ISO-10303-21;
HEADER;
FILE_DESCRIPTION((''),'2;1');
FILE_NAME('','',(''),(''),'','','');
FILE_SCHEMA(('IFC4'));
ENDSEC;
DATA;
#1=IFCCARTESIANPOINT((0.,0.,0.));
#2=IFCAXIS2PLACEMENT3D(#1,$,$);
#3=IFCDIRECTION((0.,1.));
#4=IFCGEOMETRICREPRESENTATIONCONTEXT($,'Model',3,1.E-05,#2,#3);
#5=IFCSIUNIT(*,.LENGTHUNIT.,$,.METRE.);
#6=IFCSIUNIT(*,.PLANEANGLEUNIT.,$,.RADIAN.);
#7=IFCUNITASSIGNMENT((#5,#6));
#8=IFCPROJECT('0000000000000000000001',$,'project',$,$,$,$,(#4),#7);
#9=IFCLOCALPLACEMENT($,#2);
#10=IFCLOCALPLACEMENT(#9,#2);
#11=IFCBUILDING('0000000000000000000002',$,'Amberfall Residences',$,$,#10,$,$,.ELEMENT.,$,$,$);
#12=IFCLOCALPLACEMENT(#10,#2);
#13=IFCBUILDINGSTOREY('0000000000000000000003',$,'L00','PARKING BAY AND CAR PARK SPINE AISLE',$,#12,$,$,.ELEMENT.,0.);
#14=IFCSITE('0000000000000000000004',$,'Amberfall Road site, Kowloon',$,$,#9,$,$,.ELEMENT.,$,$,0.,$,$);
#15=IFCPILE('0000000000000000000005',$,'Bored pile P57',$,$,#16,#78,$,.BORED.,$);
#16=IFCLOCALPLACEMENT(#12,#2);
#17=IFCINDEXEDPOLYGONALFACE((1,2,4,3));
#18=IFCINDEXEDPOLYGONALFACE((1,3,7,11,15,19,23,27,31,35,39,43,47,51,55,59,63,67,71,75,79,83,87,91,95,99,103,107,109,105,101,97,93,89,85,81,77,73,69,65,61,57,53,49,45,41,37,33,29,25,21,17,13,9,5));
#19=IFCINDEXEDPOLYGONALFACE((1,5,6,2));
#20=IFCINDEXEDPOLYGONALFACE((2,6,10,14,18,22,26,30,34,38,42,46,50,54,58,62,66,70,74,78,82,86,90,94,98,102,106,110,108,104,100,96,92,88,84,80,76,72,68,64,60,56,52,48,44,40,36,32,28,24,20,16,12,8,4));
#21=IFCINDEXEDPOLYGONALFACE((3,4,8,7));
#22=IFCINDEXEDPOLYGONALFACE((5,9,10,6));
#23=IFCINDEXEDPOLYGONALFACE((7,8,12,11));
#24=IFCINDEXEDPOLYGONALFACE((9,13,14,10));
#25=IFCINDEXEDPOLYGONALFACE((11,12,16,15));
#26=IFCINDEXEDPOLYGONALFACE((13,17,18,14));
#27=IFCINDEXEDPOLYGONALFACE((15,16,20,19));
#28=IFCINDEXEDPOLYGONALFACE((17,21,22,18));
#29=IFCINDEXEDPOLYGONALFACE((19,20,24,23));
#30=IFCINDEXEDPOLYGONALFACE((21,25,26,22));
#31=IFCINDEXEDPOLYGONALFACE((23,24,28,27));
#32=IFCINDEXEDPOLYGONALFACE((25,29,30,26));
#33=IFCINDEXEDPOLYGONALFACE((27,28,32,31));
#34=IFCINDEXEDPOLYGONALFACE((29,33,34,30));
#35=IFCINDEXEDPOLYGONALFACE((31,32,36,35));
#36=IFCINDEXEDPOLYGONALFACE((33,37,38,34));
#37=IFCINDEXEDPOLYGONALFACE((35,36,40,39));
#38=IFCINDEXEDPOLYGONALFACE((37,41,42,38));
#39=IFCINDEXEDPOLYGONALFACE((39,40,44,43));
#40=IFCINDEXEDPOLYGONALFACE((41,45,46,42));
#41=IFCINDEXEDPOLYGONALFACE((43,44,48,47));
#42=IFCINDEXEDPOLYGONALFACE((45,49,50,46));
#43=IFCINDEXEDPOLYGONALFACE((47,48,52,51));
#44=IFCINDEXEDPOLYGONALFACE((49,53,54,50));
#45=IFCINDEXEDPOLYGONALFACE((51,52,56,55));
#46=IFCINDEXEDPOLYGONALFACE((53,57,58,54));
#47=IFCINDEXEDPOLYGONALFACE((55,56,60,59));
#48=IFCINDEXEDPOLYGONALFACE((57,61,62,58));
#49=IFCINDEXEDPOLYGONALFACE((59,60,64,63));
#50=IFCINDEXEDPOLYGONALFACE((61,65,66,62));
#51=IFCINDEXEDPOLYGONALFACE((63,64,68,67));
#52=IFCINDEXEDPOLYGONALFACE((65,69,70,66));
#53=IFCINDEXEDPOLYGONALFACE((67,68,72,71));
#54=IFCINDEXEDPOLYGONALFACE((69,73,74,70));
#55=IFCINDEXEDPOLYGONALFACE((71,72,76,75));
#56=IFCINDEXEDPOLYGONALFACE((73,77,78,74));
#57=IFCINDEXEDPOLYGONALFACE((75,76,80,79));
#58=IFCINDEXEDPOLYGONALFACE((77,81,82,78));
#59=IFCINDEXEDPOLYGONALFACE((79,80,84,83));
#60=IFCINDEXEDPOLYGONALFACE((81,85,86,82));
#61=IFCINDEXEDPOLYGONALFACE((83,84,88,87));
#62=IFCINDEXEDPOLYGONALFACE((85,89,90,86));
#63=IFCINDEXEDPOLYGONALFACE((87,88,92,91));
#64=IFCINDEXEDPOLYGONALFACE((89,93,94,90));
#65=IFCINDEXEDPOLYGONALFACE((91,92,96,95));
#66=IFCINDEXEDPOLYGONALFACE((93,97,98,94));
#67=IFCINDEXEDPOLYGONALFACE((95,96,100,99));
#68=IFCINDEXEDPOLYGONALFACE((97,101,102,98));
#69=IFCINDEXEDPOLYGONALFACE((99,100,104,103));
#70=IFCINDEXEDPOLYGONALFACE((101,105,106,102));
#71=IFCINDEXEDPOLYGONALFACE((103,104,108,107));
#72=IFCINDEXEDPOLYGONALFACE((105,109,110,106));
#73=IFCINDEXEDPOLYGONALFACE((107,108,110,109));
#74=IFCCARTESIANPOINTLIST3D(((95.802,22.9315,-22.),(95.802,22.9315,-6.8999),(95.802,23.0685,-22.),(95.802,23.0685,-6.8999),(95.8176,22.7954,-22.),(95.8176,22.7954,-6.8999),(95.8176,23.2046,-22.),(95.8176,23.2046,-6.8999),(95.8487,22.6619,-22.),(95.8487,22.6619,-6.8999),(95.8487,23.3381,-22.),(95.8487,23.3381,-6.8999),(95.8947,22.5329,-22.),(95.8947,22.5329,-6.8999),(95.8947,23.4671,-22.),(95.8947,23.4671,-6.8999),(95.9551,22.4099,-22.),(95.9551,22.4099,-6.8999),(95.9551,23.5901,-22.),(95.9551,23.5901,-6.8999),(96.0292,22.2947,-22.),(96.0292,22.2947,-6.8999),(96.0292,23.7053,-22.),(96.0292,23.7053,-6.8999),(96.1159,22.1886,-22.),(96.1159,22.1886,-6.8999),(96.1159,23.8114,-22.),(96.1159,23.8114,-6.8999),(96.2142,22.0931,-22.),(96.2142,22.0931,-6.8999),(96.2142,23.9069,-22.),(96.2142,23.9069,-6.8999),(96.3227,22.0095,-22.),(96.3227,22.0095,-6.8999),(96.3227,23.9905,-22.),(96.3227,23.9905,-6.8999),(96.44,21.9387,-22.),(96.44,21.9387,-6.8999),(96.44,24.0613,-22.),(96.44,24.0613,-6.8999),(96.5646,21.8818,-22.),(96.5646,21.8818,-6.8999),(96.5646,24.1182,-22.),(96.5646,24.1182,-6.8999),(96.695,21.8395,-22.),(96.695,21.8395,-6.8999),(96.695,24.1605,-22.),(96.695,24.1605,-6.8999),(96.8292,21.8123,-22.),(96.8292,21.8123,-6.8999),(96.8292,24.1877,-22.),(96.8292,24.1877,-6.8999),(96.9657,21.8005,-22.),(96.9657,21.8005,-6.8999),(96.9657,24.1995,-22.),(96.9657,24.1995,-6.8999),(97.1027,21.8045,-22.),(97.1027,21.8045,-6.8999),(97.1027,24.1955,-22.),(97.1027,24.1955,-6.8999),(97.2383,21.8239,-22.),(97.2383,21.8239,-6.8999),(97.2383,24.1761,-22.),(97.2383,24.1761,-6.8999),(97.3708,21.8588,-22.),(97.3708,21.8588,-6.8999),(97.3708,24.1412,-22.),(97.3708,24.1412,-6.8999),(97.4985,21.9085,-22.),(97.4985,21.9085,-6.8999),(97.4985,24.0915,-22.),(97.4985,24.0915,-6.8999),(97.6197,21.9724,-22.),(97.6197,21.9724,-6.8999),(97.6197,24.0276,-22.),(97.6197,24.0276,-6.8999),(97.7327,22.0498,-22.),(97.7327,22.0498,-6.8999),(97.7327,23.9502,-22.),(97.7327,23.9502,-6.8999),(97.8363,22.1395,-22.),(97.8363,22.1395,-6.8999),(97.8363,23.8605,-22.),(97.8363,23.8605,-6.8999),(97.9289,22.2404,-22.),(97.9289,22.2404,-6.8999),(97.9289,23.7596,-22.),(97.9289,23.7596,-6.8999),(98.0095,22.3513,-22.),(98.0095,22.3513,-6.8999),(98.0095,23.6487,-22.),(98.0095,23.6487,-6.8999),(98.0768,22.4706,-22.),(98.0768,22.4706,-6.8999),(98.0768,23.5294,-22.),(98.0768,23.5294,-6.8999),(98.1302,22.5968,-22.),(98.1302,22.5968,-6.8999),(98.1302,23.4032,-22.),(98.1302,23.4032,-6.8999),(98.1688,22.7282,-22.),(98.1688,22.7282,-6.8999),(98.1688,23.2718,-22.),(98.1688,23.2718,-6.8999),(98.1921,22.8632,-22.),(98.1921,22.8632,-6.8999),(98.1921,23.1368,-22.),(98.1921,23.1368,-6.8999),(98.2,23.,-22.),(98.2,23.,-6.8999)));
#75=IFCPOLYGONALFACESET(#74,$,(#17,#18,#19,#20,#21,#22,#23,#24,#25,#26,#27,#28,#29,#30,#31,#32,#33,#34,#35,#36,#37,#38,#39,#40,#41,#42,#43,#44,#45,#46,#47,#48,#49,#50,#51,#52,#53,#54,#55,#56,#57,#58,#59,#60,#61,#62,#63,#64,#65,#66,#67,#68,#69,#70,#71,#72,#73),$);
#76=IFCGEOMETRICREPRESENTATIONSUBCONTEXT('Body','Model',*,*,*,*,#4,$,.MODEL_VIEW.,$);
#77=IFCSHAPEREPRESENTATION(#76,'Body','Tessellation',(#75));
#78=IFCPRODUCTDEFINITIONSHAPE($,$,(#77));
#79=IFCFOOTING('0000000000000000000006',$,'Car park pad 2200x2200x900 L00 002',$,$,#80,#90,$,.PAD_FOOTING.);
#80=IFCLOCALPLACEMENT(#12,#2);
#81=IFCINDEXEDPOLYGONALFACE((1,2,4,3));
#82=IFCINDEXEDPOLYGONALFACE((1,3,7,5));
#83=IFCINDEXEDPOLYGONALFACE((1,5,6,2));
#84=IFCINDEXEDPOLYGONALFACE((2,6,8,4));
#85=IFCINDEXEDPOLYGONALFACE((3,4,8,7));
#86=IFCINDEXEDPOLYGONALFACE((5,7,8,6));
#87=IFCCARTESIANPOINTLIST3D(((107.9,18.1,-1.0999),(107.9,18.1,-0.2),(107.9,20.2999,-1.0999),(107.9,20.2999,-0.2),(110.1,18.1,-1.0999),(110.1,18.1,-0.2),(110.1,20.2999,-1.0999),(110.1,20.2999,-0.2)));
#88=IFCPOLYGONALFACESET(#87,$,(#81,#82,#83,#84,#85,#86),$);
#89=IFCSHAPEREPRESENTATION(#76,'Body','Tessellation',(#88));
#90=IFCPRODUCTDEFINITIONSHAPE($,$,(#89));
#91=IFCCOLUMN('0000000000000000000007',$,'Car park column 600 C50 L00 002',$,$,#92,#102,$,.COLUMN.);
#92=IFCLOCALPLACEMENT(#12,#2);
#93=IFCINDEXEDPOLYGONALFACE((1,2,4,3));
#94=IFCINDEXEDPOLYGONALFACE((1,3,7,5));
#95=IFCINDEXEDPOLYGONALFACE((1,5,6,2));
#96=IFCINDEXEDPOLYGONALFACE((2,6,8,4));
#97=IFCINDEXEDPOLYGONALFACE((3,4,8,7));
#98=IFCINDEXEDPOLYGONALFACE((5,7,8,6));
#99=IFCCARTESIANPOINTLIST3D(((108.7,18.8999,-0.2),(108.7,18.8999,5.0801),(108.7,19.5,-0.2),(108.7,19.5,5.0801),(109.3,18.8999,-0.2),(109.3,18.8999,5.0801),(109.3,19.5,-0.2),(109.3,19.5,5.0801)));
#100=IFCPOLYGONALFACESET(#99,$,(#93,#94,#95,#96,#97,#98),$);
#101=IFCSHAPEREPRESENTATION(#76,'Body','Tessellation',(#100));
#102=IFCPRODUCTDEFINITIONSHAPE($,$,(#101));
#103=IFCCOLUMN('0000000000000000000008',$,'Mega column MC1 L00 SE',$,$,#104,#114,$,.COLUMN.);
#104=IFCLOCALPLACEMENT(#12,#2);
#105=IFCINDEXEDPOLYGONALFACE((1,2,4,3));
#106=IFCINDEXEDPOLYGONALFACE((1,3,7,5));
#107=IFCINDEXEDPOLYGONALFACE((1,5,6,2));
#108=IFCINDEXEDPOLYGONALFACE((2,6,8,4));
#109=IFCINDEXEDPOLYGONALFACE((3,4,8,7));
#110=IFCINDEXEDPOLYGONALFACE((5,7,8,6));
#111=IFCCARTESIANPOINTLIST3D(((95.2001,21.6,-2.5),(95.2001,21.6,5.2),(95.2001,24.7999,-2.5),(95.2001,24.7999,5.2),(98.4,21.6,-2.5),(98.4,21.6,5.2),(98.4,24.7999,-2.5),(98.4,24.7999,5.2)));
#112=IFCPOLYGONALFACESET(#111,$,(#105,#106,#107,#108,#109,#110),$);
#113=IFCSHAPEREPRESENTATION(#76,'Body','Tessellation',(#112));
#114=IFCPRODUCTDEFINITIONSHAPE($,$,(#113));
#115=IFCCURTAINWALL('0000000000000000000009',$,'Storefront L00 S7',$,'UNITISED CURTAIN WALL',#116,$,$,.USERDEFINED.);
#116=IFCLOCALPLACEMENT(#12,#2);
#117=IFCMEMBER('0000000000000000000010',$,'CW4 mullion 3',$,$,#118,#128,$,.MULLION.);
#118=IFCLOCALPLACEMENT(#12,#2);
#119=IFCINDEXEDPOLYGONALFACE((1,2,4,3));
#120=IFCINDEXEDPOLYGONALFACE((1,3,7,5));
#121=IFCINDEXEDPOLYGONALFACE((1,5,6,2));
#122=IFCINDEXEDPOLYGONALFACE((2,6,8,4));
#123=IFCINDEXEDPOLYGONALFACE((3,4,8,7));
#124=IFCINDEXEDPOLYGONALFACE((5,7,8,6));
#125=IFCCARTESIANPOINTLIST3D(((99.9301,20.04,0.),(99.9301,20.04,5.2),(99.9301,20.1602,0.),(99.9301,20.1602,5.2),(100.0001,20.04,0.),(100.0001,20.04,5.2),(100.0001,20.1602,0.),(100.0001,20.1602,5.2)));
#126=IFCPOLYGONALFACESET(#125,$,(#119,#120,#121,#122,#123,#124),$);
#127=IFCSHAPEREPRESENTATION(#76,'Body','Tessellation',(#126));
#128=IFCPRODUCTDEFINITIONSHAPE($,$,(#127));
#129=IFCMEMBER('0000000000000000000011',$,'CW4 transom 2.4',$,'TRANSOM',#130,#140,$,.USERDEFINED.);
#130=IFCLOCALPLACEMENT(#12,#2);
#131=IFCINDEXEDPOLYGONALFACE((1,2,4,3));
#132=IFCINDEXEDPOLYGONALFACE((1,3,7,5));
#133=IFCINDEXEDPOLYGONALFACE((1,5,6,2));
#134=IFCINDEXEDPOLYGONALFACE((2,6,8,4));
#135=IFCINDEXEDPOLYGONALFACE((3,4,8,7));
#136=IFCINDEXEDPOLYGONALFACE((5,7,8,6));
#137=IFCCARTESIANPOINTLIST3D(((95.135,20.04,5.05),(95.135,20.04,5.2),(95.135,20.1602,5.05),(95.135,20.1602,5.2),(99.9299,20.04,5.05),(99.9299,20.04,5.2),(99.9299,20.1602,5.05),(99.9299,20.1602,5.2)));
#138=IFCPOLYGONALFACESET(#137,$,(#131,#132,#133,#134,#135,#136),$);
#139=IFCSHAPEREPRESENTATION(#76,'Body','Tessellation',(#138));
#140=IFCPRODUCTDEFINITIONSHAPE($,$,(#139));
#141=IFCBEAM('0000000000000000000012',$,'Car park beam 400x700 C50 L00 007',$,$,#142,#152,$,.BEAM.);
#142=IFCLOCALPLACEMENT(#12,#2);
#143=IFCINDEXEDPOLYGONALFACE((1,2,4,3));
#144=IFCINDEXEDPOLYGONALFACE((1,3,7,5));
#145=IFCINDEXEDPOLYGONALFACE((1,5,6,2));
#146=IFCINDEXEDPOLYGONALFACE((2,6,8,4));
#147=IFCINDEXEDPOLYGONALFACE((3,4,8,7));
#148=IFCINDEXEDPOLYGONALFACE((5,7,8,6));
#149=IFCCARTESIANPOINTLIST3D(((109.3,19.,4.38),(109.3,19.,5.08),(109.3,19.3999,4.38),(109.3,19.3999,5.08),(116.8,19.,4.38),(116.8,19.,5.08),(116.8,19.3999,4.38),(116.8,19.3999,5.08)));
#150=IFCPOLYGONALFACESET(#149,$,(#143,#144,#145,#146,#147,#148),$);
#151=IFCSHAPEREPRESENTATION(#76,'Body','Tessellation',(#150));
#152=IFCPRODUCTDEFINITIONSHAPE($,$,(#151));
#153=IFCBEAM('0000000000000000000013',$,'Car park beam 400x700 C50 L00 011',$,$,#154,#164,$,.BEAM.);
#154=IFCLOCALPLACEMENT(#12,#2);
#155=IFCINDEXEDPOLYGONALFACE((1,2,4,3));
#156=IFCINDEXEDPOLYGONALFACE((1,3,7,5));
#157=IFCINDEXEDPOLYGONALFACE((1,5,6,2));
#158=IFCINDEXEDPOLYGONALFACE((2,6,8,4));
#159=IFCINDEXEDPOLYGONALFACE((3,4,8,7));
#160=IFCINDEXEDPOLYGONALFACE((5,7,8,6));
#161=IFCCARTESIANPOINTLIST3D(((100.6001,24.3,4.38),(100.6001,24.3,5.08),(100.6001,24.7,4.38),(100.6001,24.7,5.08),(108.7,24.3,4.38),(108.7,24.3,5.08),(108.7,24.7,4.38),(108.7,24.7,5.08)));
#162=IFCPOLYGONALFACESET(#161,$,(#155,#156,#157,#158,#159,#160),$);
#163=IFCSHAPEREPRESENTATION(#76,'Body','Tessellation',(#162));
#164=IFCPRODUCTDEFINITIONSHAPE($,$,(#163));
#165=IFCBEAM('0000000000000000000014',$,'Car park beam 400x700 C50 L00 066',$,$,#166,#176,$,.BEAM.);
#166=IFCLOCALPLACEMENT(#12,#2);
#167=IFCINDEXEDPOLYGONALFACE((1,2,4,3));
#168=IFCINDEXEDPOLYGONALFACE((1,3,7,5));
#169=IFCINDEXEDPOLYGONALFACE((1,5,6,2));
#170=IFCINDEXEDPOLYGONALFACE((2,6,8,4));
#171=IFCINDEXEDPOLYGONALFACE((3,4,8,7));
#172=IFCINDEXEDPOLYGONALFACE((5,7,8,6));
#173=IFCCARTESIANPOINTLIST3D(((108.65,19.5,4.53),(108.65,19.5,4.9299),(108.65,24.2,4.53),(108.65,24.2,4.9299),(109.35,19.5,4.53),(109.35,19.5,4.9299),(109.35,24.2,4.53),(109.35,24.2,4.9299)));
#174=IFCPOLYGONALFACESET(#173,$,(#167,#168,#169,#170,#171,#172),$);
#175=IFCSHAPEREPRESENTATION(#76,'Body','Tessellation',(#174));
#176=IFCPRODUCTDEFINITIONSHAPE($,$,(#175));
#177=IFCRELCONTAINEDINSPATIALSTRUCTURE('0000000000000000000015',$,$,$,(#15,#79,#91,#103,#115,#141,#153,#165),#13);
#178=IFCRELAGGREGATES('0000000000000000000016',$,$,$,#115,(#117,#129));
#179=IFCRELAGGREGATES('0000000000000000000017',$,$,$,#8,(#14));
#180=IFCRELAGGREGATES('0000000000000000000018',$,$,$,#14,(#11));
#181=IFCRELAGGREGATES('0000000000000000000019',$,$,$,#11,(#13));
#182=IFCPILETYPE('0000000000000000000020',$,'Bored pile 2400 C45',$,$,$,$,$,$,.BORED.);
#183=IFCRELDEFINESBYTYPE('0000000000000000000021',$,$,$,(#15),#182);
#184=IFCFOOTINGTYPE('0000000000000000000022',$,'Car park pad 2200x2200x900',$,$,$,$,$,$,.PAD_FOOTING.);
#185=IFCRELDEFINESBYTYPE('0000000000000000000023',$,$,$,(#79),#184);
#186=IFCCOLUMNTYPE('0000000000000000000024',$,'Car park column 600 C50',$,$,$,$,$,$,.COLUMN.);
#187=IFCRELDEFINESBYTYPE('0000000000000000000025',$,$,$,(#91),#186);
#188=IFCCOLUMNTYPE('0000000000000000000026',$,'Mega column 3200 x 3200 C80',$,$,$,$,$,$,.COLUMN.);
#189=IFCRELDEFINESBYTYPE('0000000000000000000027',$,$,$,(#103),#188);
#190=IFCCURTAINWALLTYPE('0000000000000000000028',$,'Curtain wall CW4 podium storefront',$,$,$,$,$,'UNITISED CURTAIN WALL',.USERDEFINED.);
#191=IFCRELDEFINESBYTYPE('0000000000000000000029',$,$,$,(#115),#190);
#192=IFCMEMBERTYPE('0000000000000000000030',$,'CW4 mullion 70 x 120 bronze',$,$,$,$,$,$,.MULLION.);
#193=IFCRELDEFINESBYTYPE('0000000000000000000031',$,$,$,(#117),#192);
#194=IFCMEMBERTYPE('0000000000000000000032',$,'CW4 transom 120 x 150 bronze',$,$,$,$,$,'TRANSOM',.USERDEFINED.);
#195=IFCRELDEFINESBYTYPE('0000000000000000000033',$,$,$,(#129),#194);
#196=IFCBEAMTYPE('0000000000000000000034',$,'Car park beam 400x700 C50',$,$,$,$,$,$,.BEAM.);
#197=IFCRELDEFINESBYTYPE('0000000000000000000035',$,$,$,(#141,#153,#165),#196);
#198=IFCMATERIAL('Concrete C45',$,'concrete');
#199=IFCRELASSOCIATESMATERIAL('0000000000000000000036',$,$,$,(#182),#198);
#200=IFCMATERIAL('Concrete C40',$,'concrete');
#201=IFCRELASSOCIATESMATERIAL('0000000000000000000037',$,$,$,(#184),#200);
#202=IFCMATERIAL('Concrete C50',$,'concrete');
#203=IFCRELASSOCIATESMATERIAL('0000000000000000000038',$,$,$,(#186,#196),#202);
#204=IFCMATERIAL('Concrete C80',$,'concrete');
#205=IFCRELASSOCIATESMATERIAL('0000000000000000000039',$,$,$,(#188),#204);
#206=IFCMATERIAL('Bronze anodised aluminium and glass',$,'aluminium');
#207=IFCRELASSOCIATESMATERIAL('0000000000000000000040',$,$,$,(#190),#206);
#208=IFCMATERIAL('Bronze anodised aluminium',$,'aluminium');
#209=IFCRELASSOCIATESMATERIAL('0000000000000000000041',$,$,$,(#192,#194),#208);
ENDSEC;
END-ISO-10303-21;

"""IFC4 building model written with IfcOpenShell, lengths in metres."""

from ifc_helpers import new_model, si_unit, direction, frame, origin, origin_2d, place, context, subcontext, project, spatial, rectangle, circle, extrude, material, material_profile, profile_set, type_object, element, aggregate, save


model = new_model("IFC4")

# Units and contexts
model_context = context("Model", 3, precision=1e-05, world=origin(), true_north=direction((0.0, 1.0)))
body_context = subcontext(model_context, "Body", "Model", "MODEL_VIEW")
ifc_project = project(units=[si_unit("LENGTHUNIT", "METRE"), si_unit("PLANEANGLEUNIT", "RADIAN")], contexts=[model_context])

# Site, building, storey
site_placement = place(None, origin())
site = spatial("IfcSite", under=ifc_project, at=site_placement, Name="Amberfall Road site, Kowloon", CompositionType="ELEMENT", RefElevation=0.0)
building_placement = place(site_placement, origin())
building = spatial("IfcBuilding", under=site, at=building_placement, Name="Amberfall Residences", CompositionType="ELEMENT")
storey_placement = place(building_placement, origin())
storey = spatial("IfcBuildingStorey", under=building, at=storey_placement, Name="L00", Description="PARKING BAY AND CAR PARK SPINE AISLE", CompositionType="ELEMENT", Elevation=0.0)

# Pile
ifc_material_1 = material(Name="Concrete C45", Category="concrete")
ifc_material_profile_1 = material_profile(ifc_material_1, circle(Radius=1.2, at=origin_2d()), Name="Bored pile 2400 C45")
ifc_profile_set_1 = profile_set([ifc_material_profile_1], Name="Concrete C45")
pile_type = type_object("IfcPileType", Name="Bored pile 2400 C45", PredefinedType="BORED", material=ifc_profile_set_1)
pile_placement = place(storey_placement, frame((97.0, 23.0, -6.8999), z_axis=(0.0, 0.0, -1.0), x_axis=(1.0, 0.0, 0.0)))
element("IfcPile", 1, at=pile_placement, inside=storey, type_object=pile_type, Name="Bored pile P57", PredefinedType="BORED", context=body_context, shape_type="SweptSolid", body=[
    extrude(circle(Radius=1.2, at=origin_2d()), origin(), (0.0, 0.0, 1.0), 15.1001),
])

# Footing
ifc_material_2 = material(Name="Concrete C40", Category="concrete")
footing_type = type_object("IfcFootingType", Name="Car park pad 2200x2200x900", PredefinedType="PAD_FOOTING", material=ifc_material_2)
footing_placement = place(storey_placement, frame((109.0, 19.2, -1.0999), z_axis=(0.0, 0.0, 1.0), x_axis=(1.0, 0.0, 0.0)))
element("IfcFooting", 2, at=footing_placement, inside=storey, type_object=footing_type, Name="Car park pad 2200x2200x900 L00 002", PredefinedType="PAD_FOOTING", context=body_context, shape_type="SweptSolid", body=[
    extrude(rectangle(XDim=2.2, YDim=2.2, at=origin_2d()), origin(), (0.0, 0.0, 1.0), 0.8999),
])

# Columns
ifc_material_3 = material(Name="Concrete C50", Category="concrete")
ifc_material_profile_2 = material_profile(ifc_material_3, rectangle(XDim=0.6001, YDim=0.6001, at=origin_2d()), Name="RC 600x600")
ifc_profile_set_2 = profile_set([ifc_material_profile_2], Name="Concrete C50")
column_type_1 = type_object("IfcColumnType", Name="Car park column 600 C50", PredefinedType="COLUMN", material=ifc_profile_set_2)
column_1_placement = place(storey_placement, frame((109.0, 19.2, -0.2), z_axis=(0.0, 0.0, 1.0), x_axis=(1.0, 0.0, 0.0)))
element("IfcColumn", 3, at=column_1_placement, inside=storey, type_object=column_type_1, Name="Car park column 600 C50 L00 002", PredefinedType="COLUMN", context=body_context, shape_type="SweptSolid", body=[
    extrude(rectangle(XDim=0.6001, YDim=0.6001, at=origin_2d()), origin(), (0.0, 0.0, 1.0), 5.28),
])
ifc_material_4 = material(Name="Concrete C80", Category="concrete")
ifc_material_profile_3 = material_profile(ifc_material_4, rectangle(XDim=3.2, YDim=3.2, at=origin_2d()), Name="Mega column 3200 x 3200 C80")
ifc_profile_set_3 = profile_set([ifc_material_profile_3], Name="Concrete C80")
column_type_2 = type_object("IfcColumnType", Name="Mega column 3200 x 3200 C80", PredefinedType="COLUMN", material=ifc_profile_set_3)
column_2_placement = place(storey_placement, frame((96.8, 23.2, -2.5), z_axis=(0.0, 0.0, 1.0), x_axis=(1.0, 0.0, 0.0)))
element("IfcColumn", 4, at=column_2_placement, inside=storey, type_object=column_type_2, Name="Mega column MC1 L00 SE", PredefinedType="COLUMN", context=body_context, shape_type="SweptSolid", body=[
    extrude(rectangle(XDim=3.2, YDim=3.2, at=origin_2d()), origin(), (0.0, 0.0, 1.0), 7.7),
])

# Curtain wall, members
ifc_material_5 = material(Name="Bronze anodised aluminium and glass", Category="aluminium")
curtain_wall_type = type_object("IfcCurtainWallType", Name="Curtain wall CW4 podium storefront", ElementType="UNITISED CURTAIN WALL", PredefinedType="USERDEFINED", material=ifc_material_5)
curtain_wall_placement = place(storey_placement, origin())
curtain_wall = element("IfcCurtainWall", 5, at=curtain_wall_placement, inside=storey, type_object=curtain_wall_type, Name="Storefront L00 S7", ObjectType="UNITISED CURTAIN WALL", PredefinedType="USERDEFINED")
ifc_material_6 = material(Name="Bronze anodised aluminium", Category="aluminium")
ifc_material_profile_4 = material_profile(ifc_material_6, rectangle(XDim=0.1201, YDim=0.0701, at=origin_2d()), Name="CW4 mullion 70 x 120 bronze")
ifc_profile_set_4 = profile_set([ifc_material_profile_4], Name="Bronze anodised aluminium")
member_type_1 = type_object("IfcMemberType", Name="CW4 mullion 70 x 120 bronze", PredefinedType="MULLION", material=ifc_profile_set_4)
member_1_placement = place(storey_placement, frame((99.9651, 20.1001, 0.0), z_axis=(0.0, 0.0, 1.0), x_axis=(0.0, 1.0, 0.0)))
member_1 = element("IfcMember", 6, at=member_1_placement, type_object=member_type_1, Name="CW4 mullion 3", PredefinedType="MULLION", context=body_context, shape_type="SweptSolid", body=[
    extrude(rectangle(XDim=0.1201, YDim=0.0701, at=origin_2d()), origin(), (0.0, 0.0, 1.0), 5.2),
])
ifc_material_profile_5 = material_profile(ifc_material_6, rectangle(XDim=0.1201, YDim=0.1499, at=origin_2d()), Name="CW4 transom 120 x 150 bronze")
ifc_profile_set_5 = profile_set([ifc_material_profile_5], Name="Bronze anodised aluminium")
member_type_2 = type_object("IfcMemberType", Name="CW4 transom 120 x 150 bronze", ElementType="TRANSOM", PredefinedType="USERDEFINED", material=ifc_profile_set_5)
member_2_placement = place(storey_placement, frame((95.135, 20.1001, 5.125), z_axis=(1.0, 0.0, 0.0), x_axis=(0.0, 1.0, 0.0)))
member_2 = element("IfcMember", 7, at=member_2_placement, type_object=member_type_2, Name="CW4 transom 2.4", ObjectType="TRANSOM", PredefinedType="USERDEFINED", context=body_context, shape_type="SweptSolid", body=[
    extrude(rectangle(XDim=0.1201, YDim=0.1499, at=origin_2d()), origin(), (0.0, 0.0, 1.0), 4.7949),
])

# Beams
ifc_material_profile_6 = material_profile(ifc_material_3, rectangle(XDim=0.3999, YDim=0.7, at=origin_2d()), Name="RC 400x700")
ifc_profile_set_6 = profile_set([ifc_material_profile_6], Name="Concrete C50")
beam_type = type_object("IfcBeamType", Name="Car park beam 400x700 C50", PredefinedType="BEAM", material=ifc_profile_set_6)
beam_1_placement = place(storey_placement, frame((109.3, 19.2, 4.73), z_axis=(1.0, 0.0, 0.0), x_axis=(0.0, 1.0, 0.0)))
element("IfcBeam", 8, at=beam_1_placement, inside=storey, type_object=beam_type, Name="Car park beam 400x700 C50 L00 007", PredefinedType="BEAM", context=body_context, shape_type="SweptSolid", body=[
    extrude(rectangle(XDim=0.3999, YDim=0.7, at=origin_2d()), origin(), (0.0, 0.0, 1.0), 7.5),
])
beam_2_placement = place(storey_placement, frame((100.6001, 24.5, 4.73), z_axis=(1.0, 0.0, 0.0), x_axis=(0.0, 1.0, 0.0)))
element("IfcBeam", 9, at=beam_2_placement, inside=storey, type_object=beam_type, Name="Car park beam 400x700 C50 L00 011", PredefinedType="BEAM", context=body_context, shape_type="SweptSolid", body=[
    extrude(rectangle(XDim=0.3999, YDim=0.7, at=origin_2d()), origin(), (0.0, 0.0, 1.0), 8.0999),
])
beam_3_placement = place(storey_placement, frame((109.0, 19.5, 4.73), z_axis=(0.0, 1.0, 0.0), x_axis=(0.0, 0.0, 1.0)))
element("IfcBeam", 10, at=beam_3_placement, inside=storey, type_object=beam_type, Name="Car park beam 400x700 C50 L00 066", PredefinedType="BEAM", context=body_context, shape_type="SweptSolid", body=[
    extrude(rectangle(XDim=0.3999, YDim=0.7, at=origin_2d()), origin(), (0.0, 0.0, 1.0), 4.7),
])

aggregate(curtain_wall, [member_1, member_2])

save(model, "model.ifc")
